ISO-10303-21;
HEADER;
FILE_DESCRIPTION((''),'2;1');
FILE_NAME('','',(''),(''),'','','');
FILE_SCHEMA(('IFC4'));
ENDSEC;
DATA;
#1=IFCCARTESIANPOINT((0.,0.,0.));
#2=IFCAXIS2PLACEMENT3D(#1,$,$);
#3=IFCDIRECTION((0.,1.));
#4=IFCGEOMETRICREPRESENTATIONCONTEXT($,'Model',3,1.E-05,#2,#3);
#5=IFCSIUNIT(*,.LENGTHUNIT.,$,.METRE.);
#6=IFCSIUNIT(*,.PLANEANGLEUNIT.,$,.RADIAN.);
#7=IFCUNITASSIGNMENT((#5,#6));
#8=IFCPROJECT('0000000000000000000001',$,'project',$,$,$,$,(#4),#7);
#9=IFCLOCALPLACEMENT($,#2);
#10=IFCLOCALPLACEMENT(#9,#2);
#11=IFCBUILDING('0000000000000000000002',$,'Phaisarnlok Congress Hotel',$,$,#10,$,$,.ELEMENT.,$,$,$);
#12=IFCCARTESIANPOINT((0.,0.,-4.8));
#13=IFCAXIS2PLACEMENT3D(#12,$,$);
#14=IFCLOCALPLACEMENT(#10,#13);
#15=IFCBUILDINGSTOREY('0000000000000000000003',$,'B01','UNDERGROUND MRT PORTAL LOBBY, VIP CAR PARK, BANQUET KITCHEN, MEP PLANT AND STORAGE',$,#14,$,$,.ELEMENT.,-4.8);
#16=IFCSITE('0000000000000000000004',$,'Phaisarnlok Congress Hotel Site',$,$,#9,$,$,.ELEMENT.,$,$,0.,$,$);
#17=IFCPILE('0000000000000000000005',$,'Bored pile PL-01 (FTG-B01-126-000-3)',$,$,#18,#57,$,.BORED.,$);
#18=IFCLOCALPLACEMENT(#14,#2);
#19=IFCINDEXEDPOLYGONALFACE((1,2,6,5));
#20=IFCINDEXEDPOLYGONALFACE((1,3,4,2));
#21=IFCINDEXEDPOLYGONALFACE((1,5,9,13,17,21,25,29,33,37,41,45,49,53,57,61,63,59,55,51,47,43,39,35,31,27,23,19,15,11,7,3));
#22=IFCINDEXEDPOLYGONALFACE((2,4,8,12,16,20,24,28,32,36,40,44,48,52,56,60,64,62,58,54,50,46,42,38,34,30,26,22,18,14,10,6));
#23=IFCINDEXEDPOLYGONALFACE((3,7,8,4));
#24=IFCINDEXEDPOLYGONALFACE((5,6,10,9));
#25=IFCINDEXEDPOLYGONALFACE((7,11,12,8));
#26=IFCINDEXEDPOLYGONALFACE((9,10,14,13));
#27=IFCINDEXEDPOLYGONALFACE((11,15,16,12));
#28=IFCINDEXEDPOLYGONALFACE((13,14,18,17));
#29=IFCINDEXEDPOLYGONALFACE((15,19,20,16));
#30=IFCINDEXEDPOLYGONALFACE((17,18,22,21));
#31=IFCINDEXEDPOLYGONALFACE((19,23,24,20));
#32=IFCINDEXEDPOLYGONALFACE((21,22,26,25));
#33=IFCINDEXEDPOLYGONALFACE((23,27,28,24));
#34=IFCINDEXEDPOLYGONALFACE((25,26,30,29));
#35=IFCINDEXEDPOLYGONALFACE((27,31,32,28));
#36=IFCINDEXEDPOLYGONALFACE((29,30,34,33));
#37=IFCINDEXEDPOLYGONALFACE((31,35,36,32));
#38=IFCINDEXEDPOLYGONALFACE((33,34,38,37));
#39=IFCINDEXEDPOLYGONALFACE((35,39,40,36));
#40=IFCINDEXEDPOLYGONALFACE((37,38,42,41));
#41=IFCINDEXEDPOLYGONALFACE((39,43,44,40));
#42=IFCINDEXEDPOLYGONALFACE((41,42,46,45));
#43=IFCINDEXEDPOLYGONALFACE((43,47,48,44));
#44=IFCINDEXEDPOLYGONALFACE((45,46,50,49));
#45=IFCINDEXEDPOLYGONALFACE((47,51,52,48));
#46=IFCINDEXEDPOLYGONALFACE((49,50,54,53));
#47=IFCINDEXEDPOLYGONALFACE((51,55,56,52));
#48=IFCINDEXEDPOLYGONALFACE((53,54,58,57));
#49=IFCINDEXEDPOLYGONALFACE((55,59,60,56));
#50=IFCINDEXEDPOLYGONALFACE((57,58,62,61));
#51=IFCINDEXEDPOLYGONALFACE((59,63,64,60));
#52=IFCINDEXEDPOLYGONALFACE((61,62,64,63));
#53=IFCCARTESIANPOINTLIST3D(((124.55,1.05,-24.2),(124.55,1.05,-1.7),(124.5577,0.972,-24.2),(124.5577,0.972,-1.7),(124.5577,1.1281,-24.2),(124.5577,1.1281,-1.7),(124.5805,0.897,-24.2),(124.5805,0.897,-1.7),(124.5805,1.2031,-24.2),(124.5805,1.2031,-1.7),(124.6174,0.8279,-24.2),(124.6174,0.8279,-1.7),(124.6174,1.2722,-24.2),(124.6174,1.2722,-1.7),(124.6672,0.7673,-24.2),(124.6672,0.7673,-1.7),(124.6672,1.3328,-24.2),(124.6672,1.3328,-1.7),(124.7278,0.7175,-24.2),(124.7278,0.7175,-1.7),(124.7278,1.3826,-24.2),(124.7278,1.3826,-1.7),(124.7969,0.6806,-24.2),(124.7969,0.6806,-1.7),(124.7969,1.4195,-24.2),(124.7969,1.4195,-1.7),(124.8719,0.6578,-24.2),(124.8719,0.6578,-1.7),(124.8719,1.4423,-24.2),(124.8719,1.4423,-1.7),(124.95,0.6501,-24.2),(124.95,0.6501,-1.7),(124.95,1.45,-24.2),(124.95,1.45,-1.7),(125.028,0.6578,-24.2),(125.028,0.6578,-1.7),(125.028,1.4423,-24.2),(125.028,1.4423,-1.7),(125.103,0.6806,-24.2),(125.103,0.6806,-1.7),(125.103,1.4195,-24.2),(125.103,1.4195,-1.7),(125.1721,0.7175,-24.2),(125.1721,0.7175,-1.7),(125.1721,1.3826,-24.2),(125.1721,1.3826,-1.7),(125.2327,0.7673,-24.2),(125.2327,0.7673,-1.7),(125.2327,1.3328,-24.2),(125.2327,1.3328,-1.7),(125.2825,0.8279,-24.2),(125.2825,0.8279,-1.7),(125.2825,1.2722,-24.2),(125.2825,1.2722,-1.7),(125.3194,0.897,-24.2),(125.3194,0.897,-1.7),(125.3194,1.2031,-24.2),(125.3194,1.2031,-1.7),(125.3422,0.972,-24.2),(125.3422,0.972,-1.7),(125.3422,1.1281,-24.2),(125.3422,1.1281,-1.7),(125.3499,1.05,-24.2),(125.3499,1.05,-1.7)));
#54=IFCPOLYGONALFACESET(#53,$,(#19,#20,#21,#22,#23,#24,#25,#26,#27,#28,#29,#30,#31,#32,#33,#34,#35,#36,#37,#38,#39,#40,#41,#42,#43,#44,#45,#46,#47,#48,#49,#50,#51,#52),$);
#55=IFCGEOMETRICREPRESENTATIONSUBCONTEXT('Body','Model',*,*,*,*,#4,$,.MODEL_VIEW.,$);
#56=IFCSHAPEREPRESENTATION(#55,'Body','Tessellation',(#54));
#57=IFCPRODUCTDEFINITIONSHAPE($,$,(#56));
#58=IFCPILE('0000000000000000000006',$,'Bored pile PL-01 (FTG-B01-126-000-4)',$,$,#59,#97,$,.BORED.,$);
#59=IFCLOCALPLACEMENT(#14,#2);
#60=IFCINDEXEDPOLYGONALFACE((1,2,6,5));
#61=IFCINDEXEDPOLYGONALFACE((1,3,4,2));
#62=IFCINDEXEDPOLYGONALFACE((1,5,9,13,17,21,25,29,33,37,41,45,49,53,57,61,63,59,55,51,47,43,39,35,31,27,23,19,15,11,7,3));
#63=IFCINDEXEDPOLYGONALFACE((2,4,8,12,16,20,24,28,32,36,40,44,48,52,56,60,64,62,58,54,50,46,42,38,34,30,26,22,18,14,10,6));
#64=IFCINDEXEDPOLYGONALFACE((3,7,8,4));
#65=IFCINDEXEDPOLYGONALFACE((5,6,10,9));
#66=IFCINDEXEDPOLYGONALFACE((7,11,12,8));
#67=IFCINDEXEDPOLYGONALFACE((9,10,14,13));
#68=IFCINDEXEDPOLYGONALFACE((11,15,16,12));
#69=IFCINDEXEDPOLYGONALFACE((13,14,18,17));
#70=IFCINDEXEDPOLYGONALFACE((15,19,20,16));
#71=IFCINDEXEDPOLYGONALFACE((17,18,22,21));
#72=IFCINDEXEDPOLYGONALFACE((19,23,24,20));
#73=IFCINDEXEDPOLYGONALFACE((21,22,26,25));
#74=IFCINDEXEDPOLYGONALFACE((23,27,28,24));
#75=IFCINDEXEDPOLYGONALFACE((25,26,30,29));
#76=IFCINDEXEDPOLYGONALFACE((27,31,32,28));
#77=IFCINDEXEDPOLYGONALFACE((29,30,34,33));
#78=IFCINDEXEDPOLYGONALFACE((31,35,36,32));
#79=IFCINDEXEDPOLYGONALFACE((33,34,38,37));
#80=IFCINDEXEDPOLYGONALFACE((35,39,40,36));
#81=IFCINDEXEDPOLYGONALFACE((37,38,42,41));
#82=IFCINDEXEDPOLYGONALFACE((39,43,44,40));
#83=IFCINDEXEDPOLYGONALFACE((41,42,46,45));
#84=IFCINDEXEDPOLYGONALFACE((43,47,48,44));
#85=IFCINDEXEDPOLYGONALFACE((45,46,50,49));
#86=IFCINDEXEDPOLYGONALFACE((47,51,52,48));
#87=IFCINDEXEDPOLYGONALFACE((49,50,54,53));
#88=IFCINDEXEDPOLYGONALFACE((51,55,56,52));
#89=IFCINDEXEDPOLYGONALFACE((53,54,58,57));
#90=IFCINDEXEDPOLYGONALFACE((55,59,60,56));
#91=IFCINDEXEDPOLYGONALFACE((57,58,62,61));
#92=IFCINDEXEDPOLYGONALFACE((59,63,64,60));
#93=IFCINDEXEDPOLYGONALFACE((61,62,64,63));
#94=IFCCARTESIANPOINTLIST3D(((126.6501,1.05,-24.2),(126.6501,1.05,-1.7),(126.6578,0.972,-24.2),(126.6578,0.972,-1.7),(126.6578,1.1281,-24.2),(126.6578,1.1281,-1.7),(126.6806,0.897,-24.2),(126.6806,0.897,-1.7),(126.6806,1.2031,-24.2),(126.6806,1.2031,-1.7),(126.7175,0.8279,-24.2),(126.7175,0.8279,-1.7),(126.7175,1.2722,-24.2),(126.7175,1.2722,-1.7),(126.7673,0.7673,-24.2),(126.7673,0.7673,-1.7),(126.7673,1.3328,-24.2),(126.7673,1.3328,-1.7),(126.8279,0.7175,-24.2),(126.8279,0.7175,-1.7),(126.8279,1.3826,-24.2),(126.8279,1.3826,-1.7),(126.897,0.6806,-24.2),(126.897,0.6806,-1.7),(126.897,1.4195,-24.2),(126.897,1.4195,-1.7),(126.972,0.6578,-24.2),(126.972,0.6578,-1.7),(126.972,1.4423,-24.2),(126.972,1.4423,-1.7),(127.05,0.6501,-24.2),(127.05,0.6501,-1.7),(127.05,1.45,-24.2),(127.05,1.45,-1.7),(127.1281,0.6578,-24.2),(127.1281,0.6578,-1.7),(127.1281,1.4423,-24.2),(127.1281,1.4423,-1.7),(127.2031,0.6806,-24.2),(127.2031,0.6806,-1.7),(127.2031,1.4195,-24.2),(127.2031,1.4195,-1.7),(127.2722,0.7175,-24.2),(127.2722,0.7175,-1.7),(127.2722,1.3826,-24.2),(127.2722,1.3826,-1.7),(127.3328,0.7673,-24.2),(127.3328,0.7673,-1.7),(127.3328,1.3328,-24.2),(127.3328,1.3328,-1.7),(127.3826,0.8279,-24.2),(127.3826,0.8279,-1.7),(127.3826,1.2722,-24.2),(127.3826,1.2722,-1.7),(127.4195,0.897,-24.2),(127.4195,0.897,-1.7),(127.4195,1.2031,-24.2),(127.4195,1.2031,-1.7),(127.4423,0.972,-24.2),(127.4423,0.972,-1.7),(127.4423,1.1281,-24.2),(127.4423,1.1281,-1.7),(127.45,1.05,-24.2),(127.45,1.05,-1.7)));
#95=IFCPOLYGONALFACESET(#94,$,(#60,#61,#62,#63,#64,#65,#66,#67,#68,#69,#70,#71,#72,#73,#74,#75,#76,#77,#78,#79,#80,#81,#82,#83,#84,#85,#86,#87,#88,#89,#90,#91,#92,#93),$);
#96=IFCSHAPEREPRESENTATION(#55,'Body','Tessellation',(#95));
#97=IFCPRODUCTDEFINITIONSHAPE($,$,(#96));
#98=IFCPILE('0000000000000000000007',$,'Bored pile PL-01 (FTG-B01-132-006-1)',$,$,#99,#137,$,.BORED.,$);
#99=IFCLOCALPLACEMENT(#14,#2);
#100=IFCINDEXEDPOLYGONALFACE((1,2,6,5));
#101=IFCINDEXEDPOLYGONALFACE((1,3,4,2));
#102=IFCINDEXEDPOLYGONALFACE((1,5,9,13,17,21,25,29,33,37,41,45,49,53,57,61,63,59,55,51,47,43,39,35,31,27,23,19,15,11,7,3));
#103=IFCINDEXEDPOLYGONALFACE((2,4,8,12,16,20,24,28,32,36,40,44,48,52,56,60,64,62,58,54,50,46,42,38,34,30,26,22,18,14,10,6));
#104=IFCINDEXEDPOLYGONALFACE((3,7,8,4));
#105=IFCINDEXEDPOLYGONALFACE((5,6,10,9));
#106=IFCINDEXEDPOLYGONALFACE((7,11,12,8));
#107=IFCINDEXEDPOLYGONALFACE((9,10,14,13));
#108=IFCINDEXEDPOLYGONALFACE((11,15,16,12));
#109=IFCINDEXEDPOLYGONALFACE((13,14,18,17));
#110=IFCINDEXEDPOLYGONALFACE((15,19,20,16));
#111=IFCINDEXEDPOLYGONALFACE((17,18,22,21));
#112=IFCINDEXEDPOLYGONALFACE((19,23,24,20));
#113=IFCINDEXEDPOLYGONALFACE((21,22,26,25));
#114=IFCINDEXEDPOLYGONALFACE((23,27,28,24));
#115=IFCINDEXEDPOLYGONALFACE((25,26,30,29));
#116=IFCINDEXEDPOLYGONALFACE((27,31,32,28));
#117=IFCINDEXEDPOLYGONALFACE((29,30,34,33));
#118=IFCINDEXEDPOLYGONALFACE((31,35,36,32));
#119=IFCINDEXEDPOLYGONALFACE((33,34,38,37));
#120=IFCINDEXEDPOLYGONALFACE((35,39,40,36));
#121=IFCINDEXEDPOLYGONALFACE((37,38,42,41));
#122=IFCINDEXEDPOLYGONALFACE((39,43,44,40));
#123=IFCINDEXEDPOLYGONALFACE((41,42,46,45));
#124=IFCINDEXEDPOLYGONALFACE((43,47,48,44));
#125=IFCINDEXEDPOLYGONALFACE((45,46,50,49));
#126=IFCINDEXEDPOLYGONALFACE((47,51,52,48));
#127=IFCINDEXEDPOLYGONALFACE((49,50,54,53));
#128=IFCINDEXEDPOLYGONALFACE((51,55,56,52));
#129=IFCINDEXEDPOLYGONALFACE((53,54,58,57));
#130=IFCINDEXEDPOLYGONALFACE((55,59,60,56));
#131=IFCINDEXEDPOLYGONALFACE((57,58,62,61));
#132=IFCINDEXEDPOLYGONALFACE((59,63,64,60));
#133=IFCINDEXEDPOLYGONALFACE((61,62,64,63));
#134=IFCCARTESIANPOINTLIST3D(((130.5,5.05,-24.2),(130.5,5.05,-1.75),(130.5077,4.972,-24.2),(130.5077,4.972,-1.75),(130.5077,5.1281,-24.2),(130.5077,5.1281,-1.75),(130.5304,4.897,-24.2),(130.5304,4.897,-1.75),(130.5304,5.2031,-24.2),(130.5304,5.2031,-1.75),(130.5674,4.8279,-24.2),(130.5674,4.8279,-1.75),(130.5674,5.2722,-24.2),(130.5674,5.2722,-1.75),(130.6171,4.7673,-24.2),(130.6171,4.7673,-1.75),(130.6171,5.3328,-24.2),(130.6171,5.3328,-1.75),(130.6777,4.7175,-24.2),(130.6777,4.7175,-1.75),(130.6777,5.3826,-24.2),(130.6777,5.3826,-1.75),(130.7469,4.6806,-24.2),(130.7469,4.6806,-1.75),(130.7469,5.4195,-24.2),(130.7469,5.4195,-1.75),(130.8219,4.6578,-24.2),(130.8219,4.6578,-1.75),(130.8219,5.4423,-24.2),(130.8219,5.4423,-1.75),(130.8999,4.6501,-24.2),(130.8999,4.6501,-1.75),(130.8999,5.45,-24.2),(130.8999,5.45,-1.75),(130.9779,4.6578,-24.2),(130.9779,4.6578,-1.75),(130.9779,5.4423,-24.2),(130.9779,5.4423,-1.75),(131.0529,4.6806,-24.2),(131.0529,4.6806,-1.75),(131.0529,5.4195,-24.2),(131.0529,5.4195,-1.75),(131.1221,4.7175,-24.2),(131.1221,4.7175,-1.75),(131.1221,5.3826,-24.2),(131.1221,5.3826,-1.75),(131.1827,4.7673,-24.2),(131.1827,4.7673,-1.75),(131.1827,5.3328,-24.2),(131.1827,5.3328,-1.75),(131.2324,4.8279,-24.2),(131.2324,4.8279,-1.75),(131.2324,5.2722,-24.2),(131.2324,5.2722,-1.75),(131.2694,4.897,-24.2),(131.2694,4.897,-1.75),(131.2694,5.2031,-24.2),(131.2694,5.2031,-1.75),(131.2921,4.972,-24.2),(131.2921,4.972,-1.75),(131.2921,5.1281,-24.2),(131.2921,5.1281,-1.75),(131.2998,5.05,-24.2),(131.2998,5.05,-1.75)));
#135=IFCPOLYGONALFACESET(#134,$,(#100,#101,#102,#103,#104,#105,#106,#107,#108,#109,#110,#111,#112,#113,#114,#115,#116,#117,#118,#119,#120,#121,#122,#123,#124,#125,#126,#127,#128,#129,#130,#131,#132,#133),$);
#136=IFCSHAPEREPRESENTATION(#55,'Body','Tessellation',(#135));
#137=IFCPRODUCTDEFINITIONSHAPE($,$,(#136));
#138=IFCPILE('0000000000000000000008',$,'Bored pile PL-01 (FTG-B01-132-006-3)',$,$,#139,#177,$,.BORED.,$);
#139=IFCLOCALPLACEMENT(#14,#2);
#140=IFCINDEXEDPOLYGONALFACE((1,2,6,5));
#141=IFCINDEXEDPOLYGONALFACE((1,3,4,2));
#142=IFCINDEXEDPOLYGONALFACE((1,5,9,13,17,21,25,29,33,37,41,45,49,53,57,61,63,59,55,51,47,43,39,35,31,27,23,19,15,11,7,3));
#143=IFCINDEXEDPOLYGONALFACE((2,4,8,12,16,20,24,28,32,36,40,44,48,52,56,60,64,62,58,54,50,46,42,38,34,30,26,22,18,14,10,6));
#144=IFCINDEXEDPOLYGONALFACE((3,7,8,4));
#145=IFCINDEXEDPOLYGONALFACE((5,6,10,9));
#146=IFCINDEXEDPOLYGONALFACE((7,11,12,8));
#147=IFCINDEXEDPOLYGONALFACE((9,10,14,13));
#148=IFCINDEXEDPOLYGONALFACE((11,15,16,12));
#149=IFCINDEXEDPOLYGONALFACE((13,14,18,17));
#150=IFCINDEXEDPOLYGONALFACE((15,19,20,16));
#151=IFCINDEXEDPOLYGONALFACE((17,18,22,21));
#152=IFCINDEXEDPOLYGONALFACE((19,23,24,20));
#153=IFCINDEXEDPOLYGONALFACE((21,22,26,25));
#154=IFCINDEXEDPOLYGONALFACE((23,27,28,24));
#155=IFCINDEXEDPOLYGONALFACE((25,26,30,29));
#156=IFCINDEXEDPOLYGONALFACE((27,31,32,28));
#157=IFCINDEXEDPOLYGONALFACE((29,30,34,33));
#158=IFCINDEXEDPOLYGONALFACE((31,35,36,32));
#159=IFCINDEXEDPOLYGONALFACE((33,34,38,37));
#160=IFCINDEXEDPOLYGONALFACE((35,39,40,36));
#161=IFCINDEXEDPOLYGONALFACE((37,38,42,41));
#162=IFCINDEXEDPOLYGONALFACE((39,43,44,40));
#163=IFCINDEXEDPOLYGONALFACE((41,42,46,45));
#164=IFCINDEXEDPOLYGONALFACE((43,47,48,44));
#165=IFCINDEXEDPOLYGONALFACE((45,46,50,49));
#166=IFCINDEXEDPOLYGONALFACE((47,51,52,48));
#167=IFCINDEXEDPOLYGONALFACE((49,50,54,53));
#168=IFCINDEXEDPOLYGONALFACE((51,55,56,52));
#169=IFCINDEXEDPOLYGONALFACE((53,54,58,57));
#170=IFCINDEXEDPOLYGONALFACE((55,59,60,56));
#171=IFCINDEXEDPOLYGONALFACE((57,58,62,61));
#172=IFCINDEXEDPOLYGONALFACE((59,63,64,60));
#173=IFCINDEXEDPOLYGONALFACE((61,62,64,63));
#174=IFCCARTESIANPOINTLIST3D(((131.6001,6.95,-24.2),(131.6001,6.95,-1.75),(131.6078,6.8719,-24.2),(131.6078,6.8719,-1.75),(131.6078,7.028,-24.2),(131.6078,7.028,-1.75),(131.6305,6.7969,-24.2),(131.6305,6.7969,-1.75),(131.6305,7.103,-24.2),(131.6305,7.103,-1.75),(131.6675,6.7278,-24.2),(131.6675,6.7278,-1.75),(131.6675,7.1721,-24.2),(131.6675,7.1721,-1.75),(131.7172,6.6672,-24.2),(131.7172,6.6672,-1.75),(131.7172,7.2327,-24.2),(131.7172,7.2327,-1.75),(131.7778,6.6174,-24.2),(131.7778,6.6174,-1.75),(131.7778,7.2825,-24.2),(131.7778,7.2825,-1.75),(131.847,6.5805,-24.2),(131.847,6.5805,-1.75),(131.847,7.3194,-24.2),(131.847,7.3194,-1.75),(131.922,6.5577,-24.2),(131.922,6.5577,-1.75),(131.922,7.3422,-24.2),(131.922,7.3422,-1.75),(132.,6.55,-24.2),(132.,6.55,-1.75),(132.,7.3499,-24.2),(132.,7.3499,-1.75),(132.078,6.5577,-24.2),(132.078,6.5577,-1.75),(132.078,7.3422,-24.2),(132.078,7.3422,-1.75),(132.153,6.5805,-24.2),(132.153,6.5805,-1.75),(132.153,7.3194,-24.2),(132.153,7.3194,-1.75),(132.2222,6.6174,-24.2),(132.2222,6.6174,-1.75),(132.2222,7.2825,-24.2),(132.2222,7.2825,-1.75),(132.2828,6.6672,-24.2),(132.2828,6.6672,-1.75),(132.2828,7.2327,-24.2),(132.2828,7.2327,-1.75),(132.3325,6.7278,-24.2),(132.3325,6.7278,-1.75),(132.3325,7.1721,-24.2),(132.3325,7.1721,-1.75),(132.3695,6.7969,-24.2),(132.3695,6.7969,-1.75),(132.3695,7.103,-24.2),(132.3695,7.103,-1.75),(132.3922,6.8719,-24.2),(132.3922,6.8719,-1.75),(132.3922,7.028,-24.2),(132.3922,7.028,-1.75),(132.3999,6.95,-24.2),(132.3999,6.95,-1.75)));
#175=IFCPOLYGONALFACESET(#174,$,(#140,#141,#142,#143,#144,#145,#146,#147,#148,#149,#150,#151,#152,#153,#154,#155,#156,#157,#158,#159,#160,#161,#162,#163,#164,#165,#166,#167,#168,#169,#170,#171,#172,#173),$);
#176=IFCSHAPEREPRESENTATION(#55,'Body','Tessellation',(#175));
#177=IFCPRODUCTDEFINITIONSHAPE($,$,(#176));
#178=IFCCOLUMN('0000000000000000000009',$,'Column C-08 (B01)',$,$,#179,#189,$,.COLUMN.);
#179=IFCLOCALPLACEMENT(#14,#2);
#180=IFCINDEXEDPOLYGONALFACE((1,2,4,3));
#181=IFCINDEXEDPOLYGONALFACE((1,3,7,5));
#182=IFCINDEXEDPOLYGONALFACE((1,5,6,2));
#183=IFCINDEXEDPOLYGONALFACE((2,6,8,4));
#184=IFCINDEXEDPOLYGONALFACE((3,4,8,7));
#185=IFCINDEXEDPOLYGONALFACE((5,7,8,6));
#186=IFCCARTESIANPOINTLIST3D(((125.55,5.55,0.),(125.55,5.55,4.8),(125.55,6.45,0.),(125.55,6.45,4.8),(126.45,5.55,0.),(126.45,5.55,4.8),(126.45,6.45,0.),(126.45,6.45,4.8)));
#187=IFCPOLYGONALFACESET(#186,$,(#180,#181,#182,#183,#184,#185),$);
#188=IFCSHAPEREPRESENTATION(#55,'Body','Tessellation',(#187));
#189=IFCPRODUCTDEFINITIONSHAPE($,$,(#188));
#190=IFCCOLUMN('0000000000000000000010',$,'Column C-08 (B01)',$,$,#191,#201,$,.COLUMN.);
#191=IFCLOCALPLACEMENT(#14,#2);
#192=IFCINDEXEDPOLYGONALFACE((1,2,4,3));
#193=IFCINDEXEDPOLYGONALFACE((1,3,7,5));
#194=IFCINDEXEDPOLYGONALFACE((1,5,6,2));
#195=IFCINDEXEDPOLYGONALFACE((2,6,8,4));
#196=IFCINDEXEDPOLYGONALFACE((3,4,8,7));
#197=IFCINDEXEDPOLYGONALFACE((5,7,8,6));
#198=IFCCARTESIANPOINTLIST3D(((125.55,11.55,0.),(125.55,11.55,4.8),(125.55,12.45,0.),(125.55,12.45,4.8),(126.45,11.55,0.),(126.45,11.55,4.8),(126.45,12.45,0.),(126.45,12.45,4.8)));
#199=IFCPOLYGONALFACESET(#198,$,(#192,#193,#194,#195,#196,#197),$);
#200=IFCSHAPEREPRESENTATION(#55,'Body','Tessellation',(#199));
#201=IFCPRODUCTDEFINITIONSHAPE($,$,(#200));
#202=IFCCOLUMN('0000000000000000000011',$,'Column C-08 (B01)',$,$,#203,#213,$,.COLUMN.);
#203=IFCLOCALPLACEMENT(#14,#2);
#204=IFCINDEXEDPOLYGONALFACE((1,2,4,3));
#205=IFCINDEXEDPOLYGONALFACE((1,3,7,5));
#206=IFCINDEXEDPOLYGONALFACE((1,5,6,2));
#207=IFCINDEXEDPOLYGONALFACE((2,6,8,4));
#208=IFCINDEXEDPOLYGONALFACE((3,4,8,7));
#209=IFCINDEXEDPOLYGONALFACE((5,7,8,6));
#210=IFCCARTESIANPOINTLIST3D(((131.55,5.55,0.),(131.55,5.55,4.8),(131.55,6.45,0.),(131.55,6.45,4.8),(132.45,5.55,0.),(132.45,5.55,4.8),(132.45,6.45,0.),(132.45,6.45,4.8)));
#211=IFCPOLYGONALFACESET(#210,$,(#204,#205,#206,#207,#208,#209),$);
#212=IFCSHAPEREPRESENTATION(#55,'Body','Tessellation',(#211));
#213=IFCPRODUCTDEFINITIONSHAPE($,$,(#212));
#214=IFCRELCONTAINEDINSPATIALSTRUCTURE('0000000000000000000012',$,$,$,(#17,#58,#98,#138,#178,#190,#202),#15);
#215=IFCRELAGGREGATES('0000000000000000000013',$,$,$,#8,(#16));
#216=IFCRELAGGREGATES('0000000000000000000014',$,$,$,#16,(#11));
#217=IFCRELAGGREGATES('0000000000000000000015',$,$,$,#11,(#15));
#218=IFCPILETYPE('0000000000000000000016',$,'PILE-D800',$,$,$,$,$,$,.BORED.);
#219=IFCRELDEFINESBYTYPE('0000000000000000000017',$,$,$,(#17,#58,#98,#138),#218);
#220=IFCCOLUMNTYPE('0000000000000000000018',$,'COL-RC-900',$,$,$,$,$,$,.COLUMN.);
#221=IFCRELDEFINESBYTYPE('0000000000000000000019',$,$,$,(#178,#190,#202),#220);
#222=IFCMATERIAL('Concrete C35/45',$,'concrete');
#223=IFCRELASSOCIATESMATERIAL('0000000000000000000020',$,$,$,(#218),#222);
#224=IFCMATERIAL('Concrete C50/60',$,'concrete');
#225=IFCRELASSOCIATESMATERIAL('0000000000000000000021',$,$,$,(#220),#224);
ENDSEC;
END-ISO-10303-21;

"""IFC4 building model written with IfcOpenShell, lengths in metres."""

from ifc_helpers import new_model, si_unit, direction, frame, origin, origin_2d, place, context, subcontext, project, spatial, rectangle, circle, extrude, material, material_profile, profile_set, type_object, element, save


model = new_model("IFC4")

# Units and contexts
model_context = context("Model", 3, precision=1e-05, world=origin(), true_north=direction((0.0, 1.0)))
body_context = subcontext(model_context, "Body", "Model", "MODEL_VIEW")
ifc_project = project(units=[si_unit("LENGTHUNIT", "METRE"), si_unit("PLANEANGLEUNIT", "RADIAN")], contexts=[model_context])

# Site, building, storey
site_placement = place(None, origin())
site = spatial("IfcSite", under=ifc_project, at=site_placement, Name="Phaisarnlok Congress Hotel Site", CompositionType="ELEMENT", RefElevation=0.0)
building_placement = place(site_placement, origin())
building = spatial("IfcBuilding", under=site, at=building_placement, Name="Phaisarnlok Congress Hotel", CompositionType="ELEMENT")
storey_placement = place(building_placement, frame((0.0, 0.0, -4.8)))
storey = spatial("IfcBuildingStorey", under=building, at=storey_placement, Name="B01", Description="UNDERGROUND MRT PORTAL LOBBY, VIP CAR PARK, BANQUET KITCHEN, MEP PLANT AND STORAGE", CompositionType="ELEMENT", Elevation=-4.8)

# Piles
ifc_material_1 = material(Name="Concrete C35/45", Category="concrete")
ifc_material_profile_1 = material_profile(ifc_material_1, circle(Radius=0.3999, at=origin_2d()), Name="BORED PILE D800")
ifc_profile_set_1 = profile_set([ifc_material_profile_1], Name="Concrete C35/45")
pile_type_1 = type_object("IfcPileType", Name="PILE-D800", PredefinedType="BORED", material=ifc_profile_set_1)
for number, where, z_axis, x_axis, name in (
    (1, (124.95, 1.05, -1.7), (0.0, 0.0, -1.0), (1.0, 0.0, 0.0), "Bored pile PL-01 (FTG-B01-126-000-3)"),
    (2, (127.05, 1.05, -1.7), (0.0, 0.0, -1.0), (1.0, 0.0, 0.0), "Bored pile PL-01 (FTG-B01-126-000-4)"),
):
    element("IfcPile", number, at=place(storey_placement, frame(where, z_axis=z_axis, x_axis=x_axis)), inside=storey, type_object=pile_type_1, Name=name, PredefinedType="BORED", context=body_context, shape_type="SweptSolid", body=[
        extrude(circle(Radius=0.3999, at=origin_2d()), origin(), (0.0, 0.0, 1.0), 22.5),
    ])
for number, where, z_axis, x_axis, name in (
    (3, (130.8999, 5.05, -1.75), (0.0, 0.0, -1.0), (1.0, 0.0, 0.0), "Bored pile PL-01 (FTG-B01-132-006-1)"),
    (4, (132.0, 6.95, -1.75), (0.0, 0.0, -1.0), (1.0, 0.0, 0.0), "Bored pile PL-01 (FTG-B01-132-006-3)"),
):
    element("IfcPile", number, at=place(storey_placement, frame(where, z_axis=z_axis, x_axis=x_axis)), inside=storey, type_object=pile_type_1, Name=name, PredefinedType="BORED", context=body_context, shape_type="SweptSolid", body=[
        extrude(circle(Radius=0.3999, at=origin_2d()), origin(), (0.0, 0.0, 1.0), 22.45),
    ])

# Columns
ifc_material_2 = material(Name="Concrete C50/60", Category="concrete")
ifc_material_profile_2 = material_profile(ifc_material_2, rectangle(XDim=0.8999, YDim=0.8999, at=origin_2d()), Name="RC 900x900")
ifc_profile_set_2 = profile_set([ifc_material_profile_2], Name="Concrete C50/60")
column_type_1 = type_object("IfcColumnType", Name="COL-RC-900", PredefinedType="COLUMN", material=ifc_profile_set_2)
for number, where, z_axis, x_axis, name in (
    (5, (126.0, 6.0, 0.0), (0.0, 0.0, 1.0), (1.0, 0.0, 0.0), "Column C-08 (B01)"),
    (6, (126.0, 12.0, 0.0), (0.0, 0.0, 1.0), (1.0, 0.0, 0.0), "Column C-08 (B01)"),
    (7, (132.0, 6.0, 0.0), (0.0, 0.0, 1.0), (1.0, 0.0, 0.0), "Column C-08 (B01)"),
):
    element("IfcColumn", number, at=place(storey_placement, frame(where, z_axis=z_axis, x_axis=x_axis)), inside=storey, type_object=column_type_1, Name=name, PredefinedType="COLUMN", context=body_context, shape_type="SweptSolid", body=[
        extrude(rectangle(XDim=0.8999, YDim=0.8999, at=origin_2d()), origin(), (0.0, 0.0, 1.0), 4.8),
    ])

save(model, "model.ifc")
